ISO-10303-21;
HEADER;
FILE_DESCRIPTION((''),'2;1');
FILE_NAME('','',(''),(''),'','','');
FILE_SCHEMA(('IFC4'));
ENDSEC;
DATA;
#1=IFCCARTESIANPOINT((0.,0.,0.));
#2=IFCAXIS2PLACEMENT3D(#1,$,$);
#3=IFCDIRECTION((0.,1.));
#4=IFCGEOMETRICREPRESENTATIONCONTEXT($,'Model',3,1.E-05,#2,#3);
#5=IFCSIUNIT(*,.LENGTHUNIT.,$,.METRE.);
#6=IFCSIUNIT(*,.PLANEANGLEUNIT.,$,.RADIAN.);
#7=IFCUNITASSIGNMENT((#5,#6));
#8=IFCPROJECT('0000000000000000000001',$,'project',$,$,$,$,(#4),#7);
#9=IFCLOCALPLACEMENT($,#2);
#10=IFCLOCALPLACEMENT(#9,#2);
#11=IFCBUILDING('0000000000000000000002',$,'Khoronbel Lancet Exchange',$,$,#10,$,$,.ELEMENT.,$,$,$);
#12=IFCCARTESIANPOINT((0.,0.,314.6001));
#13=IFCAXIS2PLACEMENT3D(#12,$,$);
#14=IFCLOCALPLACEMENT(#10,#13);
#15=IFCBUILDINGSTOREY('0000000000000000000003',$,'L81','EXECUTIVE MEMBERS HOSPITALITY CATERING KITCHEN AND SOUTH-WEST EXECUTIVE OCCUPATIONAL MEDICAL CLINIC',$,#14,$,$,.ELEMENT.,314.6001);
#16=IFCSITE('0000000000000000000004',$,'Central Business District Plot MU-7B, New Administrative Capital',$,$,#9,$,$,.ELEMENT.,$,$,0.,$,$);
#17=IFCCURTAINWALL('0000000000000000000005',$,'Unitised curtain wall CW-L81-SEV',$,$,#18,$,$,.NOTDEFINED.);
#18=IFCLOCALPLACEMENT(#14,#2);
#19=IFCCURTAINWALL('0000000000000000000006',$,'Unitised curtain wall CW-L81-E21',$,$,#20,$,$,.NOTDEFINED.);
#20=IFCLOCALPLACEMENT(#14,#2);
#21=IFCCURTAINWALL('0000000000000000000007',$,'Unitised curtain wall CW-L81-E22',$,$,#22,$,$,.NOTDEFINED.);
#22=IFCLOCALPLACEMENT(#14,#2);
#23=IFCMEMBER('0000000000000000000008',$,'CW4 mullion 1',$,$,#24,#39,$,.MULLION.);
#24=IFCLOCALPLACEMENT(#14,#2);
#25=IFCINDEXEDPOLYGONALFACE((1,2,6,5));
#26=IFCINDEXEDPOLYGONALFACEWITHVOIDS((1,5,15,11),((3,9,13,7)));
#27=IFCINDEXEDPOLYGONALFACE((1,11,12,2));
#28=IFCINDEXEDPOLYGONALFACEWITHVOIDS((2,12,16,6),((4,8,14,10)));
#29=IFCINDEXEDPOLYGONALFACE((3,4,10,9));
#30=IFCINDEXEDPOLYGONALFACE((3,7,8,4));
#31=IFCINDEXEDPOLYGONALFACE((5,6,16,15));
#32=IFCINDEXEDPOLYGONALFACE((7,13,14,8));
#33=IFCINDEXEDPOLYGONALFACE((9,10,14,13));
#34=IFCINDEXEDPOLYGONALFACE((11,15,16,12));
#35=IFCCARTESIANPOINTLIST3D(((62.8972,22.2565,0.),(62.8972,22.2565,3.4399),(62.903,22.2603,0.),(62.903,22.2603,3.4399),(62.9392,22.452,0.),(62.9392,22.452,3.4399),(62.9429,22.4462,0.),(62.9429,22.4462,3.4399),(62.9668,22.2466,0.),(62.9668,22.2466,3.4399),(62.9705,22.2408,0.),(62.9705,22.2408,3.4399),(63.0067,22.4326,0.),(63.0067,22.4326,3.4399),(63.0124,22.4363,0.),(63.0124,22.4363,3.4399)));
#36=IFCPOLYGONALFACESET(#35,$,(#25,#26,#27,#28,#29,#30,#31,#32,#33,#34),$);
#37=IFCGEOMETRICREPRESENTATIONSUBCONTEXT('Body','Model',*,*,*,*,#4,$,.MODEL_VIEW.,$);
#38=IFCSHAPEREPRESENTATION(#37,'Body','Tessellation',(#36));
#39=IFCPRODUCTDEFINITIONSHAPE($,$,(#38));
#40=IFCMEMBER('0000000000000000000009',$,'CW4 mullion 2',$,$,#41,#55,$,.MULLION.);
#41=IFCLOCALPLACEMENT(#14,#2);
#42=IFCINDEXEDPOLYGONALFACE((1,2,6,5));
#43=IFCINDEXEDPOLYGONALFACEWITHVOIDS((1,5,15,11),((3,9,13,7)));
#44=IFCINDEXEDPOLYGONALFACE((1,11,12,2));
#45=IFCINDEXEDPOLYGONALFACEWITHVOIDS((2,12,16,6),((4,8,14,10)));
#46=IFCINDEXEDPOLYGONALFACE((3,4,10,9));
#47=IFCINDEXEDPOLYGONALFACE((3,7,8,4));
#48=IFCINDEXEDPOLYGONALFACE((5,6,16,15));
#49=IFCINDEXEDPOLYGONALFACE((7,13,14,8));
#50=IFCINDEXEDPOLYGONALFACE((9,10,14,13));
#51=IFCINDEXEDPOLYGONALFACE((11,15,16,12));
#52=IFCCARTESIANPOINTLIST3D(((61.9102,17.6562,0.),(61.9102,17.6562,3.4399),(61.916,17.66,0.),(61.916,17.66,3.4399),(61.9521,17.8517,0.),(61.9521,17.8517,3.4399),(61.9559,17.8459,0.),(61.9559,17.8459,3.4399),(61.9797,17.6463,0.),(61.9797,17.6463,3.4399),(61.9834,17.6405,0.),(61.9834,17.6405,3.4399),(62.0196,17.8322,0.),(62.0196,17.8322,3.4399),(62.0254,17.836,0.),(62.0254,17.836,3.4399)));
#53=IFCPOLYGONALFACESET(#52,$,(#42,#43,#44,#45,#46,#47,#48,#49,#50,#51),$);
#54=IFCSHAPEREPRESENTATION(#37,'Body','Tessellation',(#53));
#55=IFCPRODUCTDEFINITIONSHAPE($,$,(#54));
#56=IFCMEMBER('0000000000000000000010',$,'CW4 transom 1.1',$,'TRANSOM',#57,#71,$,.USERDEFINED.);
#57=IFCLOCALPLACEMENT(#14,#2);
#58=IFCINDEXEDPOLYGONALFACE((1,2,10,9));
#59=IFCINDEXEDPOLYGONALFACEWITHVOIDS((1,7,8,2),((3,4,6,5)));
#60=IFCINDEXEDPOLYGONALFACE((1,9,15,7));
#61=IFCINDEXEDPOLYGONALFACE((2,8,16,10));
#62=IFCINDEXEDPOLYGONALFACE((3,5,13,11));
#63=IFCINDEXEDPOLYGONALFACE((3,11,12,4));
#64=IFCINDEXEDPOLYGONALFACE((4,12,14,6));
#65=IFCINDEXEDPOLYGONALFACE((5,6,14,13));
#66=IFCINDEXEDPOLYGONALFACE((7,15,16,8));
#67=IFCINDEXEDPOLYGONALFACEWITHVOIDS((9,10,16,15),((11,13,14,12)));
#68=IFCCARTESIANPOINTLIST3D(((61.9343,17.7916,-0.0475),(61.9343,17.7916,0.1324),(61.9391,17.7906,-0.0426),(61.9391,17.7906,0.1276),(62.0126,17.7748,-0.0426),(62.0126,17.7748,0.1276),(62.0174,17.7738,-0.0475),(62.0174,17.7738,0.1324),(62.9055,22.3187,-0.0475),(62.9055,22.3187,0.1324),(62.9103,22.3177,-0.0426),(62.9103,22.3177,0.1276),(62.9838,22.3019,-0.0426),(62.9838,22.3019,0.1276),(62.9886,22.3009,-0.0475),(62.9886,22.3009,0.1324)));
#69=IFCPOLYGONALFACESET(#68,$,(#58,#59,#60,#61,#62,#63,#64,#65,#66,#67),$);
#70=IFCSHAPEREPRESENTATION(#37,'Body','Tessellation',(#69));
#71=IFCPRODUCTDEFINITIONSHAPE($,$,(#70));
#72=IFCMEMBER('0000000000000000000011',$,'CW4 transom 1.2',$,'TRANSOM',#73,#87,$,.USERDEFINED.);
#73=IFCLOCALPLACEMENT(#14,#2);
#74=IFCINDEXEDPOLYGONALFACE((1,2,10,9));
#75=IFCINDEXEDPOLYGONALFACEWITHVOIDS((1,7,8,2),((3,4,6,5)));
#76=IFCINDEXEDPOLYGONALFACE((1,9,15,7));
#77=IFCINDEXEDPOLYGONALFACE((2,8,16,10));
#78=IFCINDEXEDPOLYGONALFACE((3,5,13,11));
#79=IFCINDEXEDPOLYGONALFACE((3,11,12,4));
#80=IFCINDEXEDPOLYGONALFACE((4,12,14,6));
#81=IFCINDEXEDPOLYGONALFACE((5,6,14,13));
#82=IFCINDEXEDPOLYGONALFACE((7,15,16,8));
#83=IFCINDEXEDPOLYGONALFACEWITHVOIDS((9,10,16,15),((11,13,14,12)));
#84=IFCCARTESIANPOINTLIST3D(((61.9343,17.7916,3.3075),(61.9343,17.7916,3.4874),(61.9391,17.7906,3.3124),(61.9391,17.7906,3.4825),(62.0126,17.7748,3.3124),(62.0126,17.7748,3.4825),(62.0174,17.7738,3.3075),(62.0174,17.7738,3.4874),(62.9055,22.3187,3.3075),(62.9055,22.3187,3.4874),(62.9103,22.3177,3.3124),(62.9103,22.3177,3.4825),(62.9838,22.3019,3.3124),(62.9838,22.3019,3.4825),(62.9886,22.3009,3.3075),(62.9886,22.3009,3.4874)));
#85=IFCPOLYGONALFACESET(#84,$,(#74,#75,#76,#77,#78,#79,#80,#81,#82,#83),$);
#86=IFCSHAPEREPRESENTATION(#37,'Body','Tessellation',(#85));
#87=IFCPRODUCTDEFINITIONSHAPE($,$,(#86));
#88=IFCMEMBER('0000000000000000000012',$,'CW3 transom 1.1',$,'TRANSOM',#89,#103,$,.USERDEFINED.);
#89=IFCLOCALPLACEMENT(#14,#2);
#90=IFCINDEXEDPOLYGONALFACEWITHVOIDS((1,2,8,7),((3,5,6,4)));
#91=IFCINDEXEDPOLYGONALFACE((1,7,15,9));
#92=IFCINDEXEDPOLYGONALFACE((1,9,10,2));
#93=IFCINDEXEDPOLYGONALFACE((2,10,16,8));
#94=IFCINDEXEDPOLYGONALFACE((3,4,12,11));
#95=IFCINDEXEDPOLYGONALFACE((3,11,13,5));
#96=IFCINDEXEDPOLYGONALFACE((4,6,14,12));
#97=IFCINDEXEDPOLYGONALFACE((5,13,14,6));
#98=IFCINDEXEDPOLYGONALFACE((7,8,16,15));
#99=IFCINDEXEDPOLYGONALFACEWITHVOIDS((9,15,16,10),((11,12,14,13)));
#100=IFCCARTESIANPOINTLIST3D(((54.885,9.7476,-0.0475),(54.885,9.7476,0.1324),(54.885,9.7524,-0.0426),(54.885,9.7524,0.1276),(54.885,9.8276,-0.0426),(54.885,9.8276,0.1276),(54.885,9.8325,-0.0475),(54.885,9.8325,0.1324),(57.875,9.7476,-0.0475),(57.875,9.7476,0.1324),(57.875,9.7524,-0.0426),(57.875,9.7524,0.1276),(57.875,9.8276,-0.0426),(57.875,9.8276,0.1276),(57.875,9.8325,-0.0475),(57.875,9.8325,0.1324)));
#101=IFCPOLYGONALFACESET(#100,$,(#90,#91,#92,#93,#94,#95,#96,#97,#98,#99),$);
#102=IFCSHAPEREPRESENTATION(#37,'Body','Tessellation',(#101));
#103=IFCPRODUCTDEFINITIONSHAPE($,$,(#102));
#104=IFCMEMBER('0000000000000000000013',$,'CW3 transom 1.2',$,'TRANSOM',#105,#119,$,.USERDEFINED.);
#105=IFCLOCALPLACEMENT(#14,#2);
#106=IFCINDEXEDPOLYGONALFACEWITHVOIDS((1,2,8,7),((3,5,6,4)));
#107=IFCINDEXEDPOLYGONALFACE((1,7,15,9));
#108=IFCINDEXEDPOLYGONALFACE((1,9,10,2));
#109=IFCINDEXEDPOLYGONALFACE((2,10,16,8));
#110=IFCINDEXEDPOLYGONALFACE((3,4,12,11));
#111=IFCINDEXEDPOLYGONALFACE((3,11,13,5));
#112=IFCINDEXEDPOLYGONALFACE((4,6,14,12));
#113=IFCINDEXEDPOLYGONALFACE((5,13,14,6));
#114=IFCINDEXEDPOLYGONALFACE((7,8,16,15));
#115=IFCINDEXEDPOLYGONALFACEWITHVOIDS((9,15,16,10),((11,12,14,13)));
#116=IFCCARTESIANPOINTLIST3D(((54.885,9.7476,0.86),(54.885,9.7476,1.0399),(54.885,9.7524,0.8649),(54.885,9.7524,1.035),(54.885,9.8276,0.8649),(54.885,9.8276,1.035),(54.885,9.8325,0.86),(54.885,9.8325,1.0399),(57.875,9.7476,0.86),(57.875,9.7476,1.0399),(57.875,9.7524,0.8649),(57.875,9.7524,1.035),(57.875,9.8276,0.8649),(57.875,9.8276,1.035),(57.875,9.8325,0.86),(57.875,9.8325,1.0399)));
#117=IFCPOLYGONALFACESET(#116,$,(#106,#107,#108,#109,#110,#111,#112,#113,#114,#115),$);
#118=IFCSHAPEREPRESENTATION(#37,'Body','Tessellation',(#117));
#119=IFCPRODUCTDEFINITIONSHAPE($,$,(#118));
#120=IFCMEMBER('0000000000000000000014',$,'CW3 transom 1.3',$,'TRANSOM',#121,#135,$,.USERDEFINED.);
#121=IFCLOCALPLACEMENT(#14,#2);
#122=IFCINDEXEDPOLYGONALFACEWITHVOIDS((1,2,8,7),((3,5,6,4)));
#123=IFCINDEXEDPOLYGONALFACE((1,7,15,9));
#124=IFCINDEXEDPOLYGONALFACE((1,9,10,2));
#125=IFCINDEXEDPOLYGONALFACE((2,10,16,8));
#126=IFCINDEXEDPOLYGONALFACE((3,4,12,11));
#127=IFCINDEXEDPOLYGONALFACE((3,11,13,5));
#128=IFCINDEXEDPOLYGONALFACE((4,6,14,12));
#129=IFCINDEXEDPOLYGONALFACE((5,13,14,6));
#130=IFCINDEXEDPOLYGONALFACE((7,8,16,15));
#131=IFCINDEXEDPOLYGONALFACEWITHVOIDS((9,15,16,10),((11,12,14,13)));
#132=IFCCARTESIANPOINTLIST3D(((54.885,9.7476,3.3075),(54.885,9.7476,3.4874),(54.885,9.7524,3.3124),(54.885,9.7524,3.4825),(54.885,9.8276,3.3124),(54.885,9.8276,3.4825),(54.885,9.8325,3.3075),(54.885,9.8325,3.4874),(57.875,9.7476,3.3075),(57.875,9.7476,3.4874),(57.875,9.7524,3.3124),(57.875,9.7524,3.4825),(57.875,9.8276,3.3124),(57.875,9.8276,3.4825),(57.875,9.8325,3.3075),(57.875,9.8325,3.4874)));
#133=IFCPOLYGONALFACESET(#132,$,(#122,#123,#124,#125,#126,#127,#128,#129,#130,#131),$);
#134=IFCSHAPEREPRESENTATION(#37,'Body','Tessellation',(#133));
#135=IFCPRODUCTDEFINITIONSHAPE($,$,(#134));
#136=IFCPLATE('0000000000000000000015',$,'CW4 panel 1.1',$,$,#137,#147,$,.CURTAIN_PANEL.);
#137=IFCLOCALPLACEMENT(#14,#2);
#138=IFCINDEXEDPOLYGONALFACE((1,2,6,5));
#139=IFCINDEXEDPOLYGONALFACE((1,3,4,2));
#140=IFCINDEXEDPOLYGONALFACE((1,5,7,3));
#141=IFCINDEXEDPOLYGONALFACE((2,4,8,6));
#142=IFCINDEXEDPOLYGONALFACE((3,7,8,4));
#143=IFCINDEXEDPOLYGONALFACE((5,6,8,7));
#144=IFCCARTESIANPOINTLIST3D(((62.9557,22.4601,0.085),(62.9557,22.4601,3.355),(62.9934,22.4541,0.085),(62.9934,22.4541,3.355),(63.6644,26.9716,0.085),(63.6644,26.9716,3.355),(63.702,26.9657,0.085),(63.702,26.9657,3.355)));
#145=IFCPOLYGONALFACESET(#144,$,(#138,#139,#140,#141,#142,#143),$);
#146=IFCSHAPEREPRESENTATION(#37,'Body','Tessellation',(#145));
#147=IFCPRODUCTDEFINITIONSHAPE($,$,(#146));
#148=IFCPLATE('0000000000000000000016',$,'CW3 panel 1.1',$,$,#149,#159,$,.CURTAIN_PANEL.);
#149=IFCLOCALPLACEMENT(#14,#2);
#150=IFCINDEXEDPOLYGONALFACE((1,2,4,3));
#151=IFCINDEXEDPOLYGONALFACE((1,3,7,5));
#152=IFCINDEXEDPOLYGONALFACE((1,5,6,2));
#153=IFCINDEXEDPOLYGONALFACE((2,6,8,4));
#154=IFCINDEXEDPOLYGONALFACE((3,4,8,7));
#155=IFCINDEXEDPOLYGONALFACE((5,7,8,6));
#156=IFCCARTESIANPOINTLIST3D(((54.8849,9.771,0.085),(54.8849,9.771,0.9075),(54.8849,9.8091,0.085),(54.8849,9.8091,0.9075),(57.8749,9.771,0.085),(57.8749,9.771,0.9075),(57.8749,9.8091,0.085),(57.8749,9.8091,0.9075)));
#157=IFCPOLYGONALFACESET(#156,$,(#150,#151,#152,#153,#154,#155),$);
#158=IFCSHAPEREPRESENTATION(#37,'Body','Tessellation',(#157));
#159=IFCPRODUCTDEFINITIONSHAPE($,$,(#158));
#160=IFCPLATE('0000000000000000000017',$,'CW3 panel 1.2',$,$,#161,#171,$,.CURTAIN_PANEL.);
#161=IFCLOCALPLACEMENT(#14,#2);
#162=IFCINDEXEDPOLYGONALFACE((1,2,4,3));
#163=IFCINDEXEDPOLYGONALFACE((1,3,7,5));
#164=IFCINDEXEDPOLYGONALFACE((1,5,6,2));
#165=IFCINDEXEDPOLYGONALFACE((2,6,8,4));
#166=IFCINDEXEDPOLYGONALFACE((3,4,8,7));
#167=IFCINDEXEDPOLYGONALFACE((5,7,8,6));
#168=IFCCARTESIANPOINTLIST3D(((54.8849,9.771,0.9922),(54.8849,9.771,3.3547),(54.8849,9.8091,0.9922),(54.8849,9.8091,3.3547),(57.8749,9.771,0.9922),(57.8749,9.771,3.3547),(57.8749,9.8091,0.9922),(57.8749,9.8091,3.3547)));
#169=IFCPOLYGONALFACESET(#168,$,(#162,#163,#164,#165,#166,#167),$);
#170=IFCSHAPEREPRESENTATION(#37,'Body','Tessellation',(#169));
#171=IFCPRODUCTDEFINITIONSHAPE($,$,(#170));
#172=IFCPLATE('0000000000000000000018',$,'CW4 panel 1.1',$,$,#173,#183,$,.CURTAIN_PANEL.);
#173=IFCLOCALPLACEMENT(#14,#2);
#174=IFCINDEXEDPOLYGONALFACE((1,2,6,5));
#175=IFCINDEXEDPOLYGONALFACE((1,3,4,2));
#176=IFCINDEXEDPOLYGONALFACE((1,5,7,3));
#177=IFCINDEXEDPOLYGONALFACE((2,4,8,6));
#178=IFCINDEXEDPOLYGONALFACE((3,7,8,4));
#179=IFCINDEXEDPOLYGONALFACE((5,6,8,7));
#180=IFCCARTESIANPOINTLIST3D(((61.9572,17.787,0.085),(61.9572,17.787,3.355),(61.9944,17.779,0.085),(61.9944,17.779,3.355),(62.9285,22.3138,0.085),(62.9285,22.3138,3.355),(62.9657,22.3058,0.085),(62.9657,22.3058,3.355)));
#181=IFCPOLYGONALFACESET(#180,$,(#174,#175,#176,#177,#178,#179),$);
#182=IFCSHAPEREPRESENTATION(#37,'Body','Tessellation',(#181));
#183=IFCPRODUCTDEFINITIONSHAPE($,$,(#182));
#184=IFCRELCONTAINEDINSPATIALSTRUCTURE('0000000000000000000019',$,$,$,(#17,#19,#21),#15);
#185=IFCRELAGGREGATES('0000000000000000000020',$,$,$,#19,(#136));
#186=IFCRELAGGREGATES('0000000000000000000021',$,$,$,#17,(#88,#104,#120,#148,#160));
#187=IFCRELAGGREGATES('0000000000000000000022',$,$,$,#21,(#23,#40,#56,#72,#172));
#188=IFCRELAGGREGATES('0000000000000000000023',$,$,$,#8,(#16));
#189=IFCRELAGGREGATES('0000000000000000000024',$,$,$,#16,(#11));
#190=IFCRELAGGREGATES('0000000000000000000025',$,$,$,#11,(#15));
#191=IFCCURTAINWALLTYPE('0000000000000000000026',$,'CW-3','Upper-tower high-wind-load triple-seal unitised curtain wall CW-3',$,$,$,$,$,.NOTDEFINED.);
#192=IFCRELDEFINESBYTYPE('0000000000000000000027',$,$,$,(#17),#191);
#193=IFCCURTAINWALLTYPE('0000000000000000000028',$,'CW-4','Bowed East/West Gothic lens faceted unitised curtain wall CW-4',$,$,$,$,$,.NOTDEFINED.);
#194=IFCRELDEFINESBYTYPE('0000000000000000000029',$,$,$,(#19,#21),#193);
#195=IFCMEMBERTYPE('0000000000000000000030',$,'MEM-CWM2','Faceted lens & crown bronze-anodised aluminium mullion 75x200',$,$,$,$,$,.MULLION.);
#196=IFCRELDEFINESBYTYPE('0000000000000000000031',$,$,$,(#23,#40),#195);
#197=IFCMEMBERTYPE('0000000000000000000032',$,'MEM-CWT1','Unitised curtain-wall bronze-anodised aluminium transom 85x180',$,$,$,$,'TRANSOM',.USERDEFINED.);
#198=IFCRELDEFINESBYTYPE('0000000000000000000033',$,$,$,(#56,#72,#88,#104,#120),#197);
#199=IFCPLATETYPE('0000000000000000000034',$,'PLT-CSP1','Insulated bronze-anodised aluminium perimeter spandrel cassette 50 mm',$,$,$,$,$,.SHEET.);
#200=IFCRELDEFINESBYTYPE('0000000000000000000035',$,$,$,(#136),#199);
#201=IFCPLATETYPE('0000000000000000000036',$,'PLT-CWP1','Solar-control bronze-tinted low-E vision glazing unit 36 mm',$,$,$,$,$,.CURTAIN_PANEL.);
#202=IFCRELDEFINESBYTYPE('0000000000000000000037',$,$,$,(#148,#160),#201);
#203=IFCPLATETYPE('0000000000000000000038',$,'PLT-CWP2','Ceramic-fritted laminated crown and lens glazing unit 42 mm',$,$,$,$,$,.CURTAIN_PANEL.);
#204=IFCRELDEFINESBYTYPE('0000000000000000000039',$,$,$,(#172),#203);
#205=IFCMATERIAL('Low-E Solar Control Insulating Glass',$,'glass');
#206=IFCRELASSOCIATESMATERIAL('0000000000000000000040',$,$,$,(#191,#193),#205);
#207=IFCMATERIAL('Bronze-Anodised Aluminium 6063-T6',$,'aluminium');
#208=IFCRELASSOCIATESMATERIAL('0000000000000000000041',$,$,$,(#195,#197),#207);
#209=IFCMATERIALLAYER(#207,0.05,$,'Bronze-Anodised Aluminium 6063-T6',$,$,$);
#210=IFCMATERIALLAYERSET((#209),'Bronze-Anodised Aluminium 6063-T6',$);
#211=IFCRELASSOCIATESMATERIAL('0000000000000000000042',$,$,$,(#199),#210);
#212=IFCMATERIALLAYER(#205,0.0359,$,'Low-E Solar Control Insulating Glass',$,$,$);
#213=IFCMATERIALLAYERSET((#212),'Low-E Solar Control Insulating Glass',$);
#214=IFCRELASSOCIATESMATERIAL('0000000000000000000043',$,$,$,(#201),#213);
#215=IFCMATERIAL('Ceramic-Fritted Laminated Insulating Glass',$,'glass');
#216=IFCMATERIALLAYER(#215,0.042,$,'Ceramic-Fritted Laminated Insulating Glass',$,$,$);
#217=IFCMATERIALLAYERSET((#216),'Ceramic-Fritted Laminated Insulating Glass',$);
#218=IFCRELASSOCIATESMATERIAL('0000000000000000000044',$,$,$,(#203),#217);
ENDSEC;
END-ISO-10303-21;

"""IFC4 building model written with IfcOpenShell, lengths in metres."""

from ifc_helpers import new_model, si_unit, direction, frame, origin, origin_2d, place, context, subcontext, project, spatial, rectangle, hollow_rectangle, extrude, material, layer, layer_set, material_profile, profile_set, type_object, element, aggregate, save


model = new_model("IFC4")

# Units and contexts
model_context = context("Model", 3, precision=1e-05, world=origin(), true_north=direction((0.0, 1.0)))
body_context = subcontext(model_context, "Body", "Model", "MODEL_VIEW")
ifc_project = project(units=[si_unit("LENGTHUNIT", "METRE"), si_unit("PLANEANGLEUNIT", "RADIAN")], contexts=[model_context])

# Site, building, storey
site_placement = place(None, origin())
site = spatial("IfcSite", under=ifc_project, at=site_placement, Name="Central Business District Plot MU-7B, New Administrative Capital", CompositionType="ELEMENT", RefElevation=0.0)
building_placement = place(site_placement, origin())
building = spatial("IfcBuilding", under=site, at=building_placement, Name="Khoronbel Lancet Exchange", CompositionType="ELEMENT")
storey_placement = place(building_placement, frame((0.0, 0.0, 314.6001)))
storey = spatial("IfcBuildingStorey", under=building, at=storey_placement, Name="L81", Description="EXECUTIVE MEMBERS HOSPITALITY CATERING KITCHEN AND SOUTH-WEST EXECUTIVE OCCUPATIONAL MEDICAL CLINIC", CompositionType="ELEMENT", Elevation=314.6001)

# Shared definitions
ifc_material_1 = material(Name="Low-E Solar Control Insulating Glass", Category="glass")
curtain_wall_type_1 = type_object("IfcCurtainWallType", Name="CW-3", Description="Upper-tower high-wind-load triple-seal unitised curtain wall CW-3", PredefinedType="NOTDEFINED", material=ifc_material_1)
ifc_material_2 = material(Name="Bronze-Anodised Aluminium 6063-T6", Category="aluminium")

# Curtain wall
curtain_wall_1_placement = place(storey_placement, origin())
curtain_wall_1 = element("IfcCurtainWall", 1, at=curtain_wall_1_placement, inside=storey, type_object=curtain_wall_type_1, Name="Unitised curtain wall CW-L81-SEV", PredefinedType="NOTDEFINED")

# Curtain wall
curtain_wall_type_2 = type_object("IfcCurtainWallType", Name="CW-4", Description="Bowed East/West Gothic lens faceted unitised curtain wall CW-4", PredefinedType="NOTDEFINED", material=ifc_material_1)
curtain_wall_2_placement = place(storey_placement, origin())
curtain_wall_2 = element("IfcCurtainWall", 2, at=curtain_wall_2_placement, inside=storey, type_object=curtain_wall_type_2, Name="Unitised curtain wall CW-L81-E21", PredefinedType="NOTDEFINED")
ifc_material_profile_1 = material_profile(ifc_material_2, hollow_rectangle(XDim=0.075, YDim=0.2, WallThickness=0.0049, at=origin_2d()), Name="ALU MULLION 75x200")
ifc_profile_set_1 = profile_set([ifc_material_profile_1], Name="Bronze-Anodised Aluminium 6063-T6")
member_type_1 = type_object("IfcMemberType", Name="MEM-CWM2", Description="Faceted lens & crown bronze-anodised aluminium mullion 75x200", PredefinedType="MULLION", material=ifc_profile_set_1)

# Curtain wall, members
curtain_wall_3_placement = place(storey_placement, origin())
curtain_wall_3 = element("IfcCurtainWall", 3, at=curtain_wall_3_placement, inside=storey, type_object=curtain_wall_type_2, Name="Unitised curtain wall CW-L81-E22", PredefinedType="NOTDEFINED")
member_1_placement = place(storey_placement, frame((62.9548, 22.3464, 0.0), z_axis=(0.0, 0.0, 1.0), x_axis=(0.977746, -0.209792, 0.0)))
member_1 = element("IfcMember", 4, at=member_1_placement, type_object=member_type_1, Name="CW4 mullion 1", PredefinedType="MULLION", context=body_context, shape_type="SweptSolid", body=[
    extrude(hollow_rectangle(XDim=0.075, YDim=0.2, WallThickness=0.0049, at=origin_2d()), origin(), (0.0, 0.0, 1.0), 3.4399),
])
member_2_placement = place(storey_placement, frame((61.9678, 17.7461, 0.0), z_axis=(0.0, 0.0, 1.0), x_axis=(0.977746, -0.209792, 0.0)))
member_2 = element("IfcMember", 5, at=member_2_placement, type_object=member_type_1, Name="CW4 mullion 2", PredefinedType="MULLION", context=body_context, shape_type="SweptSolid", body=[
    extrude(hollow_rectangle(XDim=0.075, YDim=0.2, WallThickness=0.0049, at=origin_2d()), origin(), (0.0, 0.0, 1.0), 3.4399),
])
ifc_material_profile_2 = material_profile(ifc_material_2, hollow_rectangle(XDim=0.085, YDim=0.1799, WallThickness=0.0049, at=origin_2d()), Name="ALU TRANSOM 85x180")
ifc_profile_set_2 = profile_set([ifc_material_profile_2], Name="Bronze-Anodised Aluminium 6063-T6")
member_type_2 = type_object("IfcMemberType", Name="MEM-CWT1", Description="Unitised curtain-wall bronze-anodised aluminium transom 85x180", ElementType="TRANSOM", PredefinedType="USERDEFINED", material=ifc_profile_set_2)
member_3_placement = place(storey_placement, frame((62.947, 22.3098, 0.0425), z_axis=(-0.209756, -0.977754, 0.0), x_axis=(0.977754, -0.209756, 0.0)))
member_3 = element("IfcMember", 6, at=member_3_placement, type_object=member_type_2, Name="CW4 transom 1.1", ObjectType="TRANSOM", PredefinedType="USERDEFINED", context=body_context, shape_type="SweptSolid", body=[
    extrude(hollow_rectangle(XDim=0.085, YDim=0.1799, WallThickness=0.0049, at=origin_2d()), origin(), (0.0, 0.0, 1.0), 4.6301),
])
member_4_placement = place(storey_placement, frame((62.947, 22.3098, 3.3975), z_axis=(-0.209756, -0.977754, 0.0), x_axis=(0.977754, -0.209756, 0.0)))
member_4 = element("IfcMember", 7, at=member_4_placement, type_object=member_type_2, Name="CW4 transom 1.2", ObjectType="TRANSOM", PredefinedType="USERDEFINED", context=body_context, shape_type="SweptSolid", body=[
    extrude(hollow_rectangle(XDim=0.085, YDim=0.1799, WallThickness=0.0049, at=origin_2d()), origin(), (0.0, 0.0, 1.0), 4.6301),
])

# Members
member_5_placement = place(storey_placement, frame((54.885, 9.79, 0.0425), z_axis=(1.0, 0.0, 0.0), x_axis=(0.0, 1.0, 0.0)))
member_5 = element("IfcMember", 8, at=member_5_placement, type_object=member_type_2, Name="CW3 transom 1.1", ObjectType="TRANSOM", PredefinedType="USERDEFINED", context=body_context, shape_type="SweptSolid", body=[
    extrude(hollow_rectangle(XDim=0.085, YDim=0.1799, WallThickness=0.0049, at=origin_2d()), origin(), (0.0, 0.0, 1.0), 2.99),
])
member_6_placement = place(storey_placement, frame((54.885, 9.79, 0.95), z_axis=(1.0, 0.0, 0.0), x_axis=(0.0, 1.0, 0.0)))
member_6 = element("IfcMember", 9, at=member_6_placement, type_object=member_type_2, Name="CW3 transom 1.2", ObjectType="TRANSOM", PredefinedType="USERDEFINED", context=body_context, shape_type="SweptSolid", body=[
    extrude(hollow_rectangle(XDim=0.085, YDim=0.1799, WallThickness=0.0049, at=origin_2d()), origin(), (0.0, 0.0, 1.0), 2.99),
])
member_7_placement = place(storey_placement, frame((54.885, 9.79, 3.3975), z_axis=(1.0, 0.0, 0.0), x_axis=(0.0, 1.0, 0.0)))
member_7 = element("IfcMember", 10, at=member_7_placement, type_object=member_type_2, Name="CW3 transom 1.3", ObjectType="TRANSOM", PredefinedType="USERDEFINED", context=body_context, shape_type="SweptSolid", body=[
    extrude(hollow_rectangle(XDim=0.085, YDim=0.1799, WallThickness=0.0049, at=origin_2d()), origin(), (0.0, 0.0, 1.0), 2.99),
])

# Plates
ifc_layer_1 = layer(ifc_material_2, 0.05, Name="Bronze-Anodised Aluminium 6063-T6")
ifc_layer_set_1 = layer_set([ifc_layer_1], Name="Bronze-Anodised Aluminium 6063-T6")
plate_type_1 = type_object("IfcPlateType", Name="PLT-CSP1", Description="Insulated bronze-anodised aluminium perimeter spandrel cassette 50 mm", PredefinedType="SHEET", material=ifc_layer_set_1)
plate_1_placement = place(storey_placement, frame((63.3289, 24.7129, 0.085), z_axis=(0.0, 0.0, 1.0), x_axis=(-0.155165, -0.987889, 0.0)))
plate_1 = element("IfcPlate", 11, at=plate_1_placement, type_object=plate_type_1, Name="CW4 panel 1.1", PredefinedType="CURTAIN_PANEL", context=body_context, shape_type="SweptSolid", body=[
    extrude(rectangle(XDim=4.5669, YDim=0.0381, at=origin_2d()), origin(), (0.0, 0.0, 1.0), 3.27),
])
aggregate(curtain_wall_2, [plate_1])
ifc_layer_2 = layer(ifc_material_1, 0.0359, Name="Low-E Solar Control Insulating Glass")
ifc_layer_set_2 = layer_set([ifc_layer_2], Name="Low-E Solar Control Insulating Glass")
plate_type_2 = type_object("IfcPlateType", Name="PLT-CWP1", Description="Solar-control bronze-tinted low-E vision glazing unit 36 mm", PredefinedType="CURTAIN_PANEL", material=ifc_layer_set_2)
plate_2_placement = place(storey_placement, frame((56.3799, 9.79, 0.085), z_axis=(0.0, 0.0, 1.0), x_axis=(1.0, 0.0, 0.0)))
plate_2 = element("IfcPlate", 12, at=plate_2_placement, type_object=plate_type_2, Name="CW3 panel 1.1", PredefinedType="CURTAIN_PANEL", context=body_context, shape_type="SweptSolid", body=[
    extrude(rectangle(XDim=2.99, YDim=0.0381, at=origin_2d()), origin(), (0.0, 0.0, 1.0), 0.8225),
])
plate_3_placement = place(storey_placement, frame((56.3799, 9.79, 0.9922), z_axis=(0.0, 0.0, 1.0), x_axis=(1.0, 0.0, 0.0)))
plate_3 = element("IfcPlate", 13, at=plate_3_placement, type_object=plate_type_2, Name="CW3 panel 1.2", PredefinedType="CURTAIN_PANEL", context=body_context, shape_type="SweptSolid", body=[
    extrude(rectangle(XDim=2.99, YDim=0.0381, at=origin_2d()), origin(), (0.0, 0.0, 1.0), 2.3625),
])
aggregate(curtain_wall_1, [member_5, member_6, member_7, plate_2, plate_3])
ifc_material_3 = material(Name="Ceramic-Fritted Laminated Insulating Glass", Category="glass")
ifc_layer_3 = layer(ifc_material_3, 0.042, Name="Ceramic-Fritted Laminated Insulating Glass")
ifc_layer_set_3 = layer_set([ifc_layer_3], Name="Ceramic-Fritted Laminated Insulating Glass")
plate_type_3 = type_object("IfcPlateType", Name="PLT-CWP2", Description="Ceramic-fritted laminated crown and lens glazing unit 42 mm", PredefinedType="CURTAIN_PANEL", material=ifc_layer_set_3)
plate_4_placement = place(storey_placement, frame((62.4614, 20.0464, 0.085), z_axis=(0.0, 0.0, 1.0), x_axis=(-0.209792, -0.977746, 0.0)))
plate_4 = element("IfcPlate", 14, at=plate_4_placement, type_object=plate_type_3, Name="CW4 panel 1.1", PredefinedType="CURTAIN_PANEL", context=body_context, shape_type="SweptSolid", body=[
    extrude(rectangle(XDim=4.6299, YDim=0.0381, at=origin_2d()), origin(), (0.0, 0.0, 1.0), 3.27),
])
aggregate(curtain_wall_3, [member_1, member_2, member_3, member_4, plate_4])

save(model, "model.ifc")
